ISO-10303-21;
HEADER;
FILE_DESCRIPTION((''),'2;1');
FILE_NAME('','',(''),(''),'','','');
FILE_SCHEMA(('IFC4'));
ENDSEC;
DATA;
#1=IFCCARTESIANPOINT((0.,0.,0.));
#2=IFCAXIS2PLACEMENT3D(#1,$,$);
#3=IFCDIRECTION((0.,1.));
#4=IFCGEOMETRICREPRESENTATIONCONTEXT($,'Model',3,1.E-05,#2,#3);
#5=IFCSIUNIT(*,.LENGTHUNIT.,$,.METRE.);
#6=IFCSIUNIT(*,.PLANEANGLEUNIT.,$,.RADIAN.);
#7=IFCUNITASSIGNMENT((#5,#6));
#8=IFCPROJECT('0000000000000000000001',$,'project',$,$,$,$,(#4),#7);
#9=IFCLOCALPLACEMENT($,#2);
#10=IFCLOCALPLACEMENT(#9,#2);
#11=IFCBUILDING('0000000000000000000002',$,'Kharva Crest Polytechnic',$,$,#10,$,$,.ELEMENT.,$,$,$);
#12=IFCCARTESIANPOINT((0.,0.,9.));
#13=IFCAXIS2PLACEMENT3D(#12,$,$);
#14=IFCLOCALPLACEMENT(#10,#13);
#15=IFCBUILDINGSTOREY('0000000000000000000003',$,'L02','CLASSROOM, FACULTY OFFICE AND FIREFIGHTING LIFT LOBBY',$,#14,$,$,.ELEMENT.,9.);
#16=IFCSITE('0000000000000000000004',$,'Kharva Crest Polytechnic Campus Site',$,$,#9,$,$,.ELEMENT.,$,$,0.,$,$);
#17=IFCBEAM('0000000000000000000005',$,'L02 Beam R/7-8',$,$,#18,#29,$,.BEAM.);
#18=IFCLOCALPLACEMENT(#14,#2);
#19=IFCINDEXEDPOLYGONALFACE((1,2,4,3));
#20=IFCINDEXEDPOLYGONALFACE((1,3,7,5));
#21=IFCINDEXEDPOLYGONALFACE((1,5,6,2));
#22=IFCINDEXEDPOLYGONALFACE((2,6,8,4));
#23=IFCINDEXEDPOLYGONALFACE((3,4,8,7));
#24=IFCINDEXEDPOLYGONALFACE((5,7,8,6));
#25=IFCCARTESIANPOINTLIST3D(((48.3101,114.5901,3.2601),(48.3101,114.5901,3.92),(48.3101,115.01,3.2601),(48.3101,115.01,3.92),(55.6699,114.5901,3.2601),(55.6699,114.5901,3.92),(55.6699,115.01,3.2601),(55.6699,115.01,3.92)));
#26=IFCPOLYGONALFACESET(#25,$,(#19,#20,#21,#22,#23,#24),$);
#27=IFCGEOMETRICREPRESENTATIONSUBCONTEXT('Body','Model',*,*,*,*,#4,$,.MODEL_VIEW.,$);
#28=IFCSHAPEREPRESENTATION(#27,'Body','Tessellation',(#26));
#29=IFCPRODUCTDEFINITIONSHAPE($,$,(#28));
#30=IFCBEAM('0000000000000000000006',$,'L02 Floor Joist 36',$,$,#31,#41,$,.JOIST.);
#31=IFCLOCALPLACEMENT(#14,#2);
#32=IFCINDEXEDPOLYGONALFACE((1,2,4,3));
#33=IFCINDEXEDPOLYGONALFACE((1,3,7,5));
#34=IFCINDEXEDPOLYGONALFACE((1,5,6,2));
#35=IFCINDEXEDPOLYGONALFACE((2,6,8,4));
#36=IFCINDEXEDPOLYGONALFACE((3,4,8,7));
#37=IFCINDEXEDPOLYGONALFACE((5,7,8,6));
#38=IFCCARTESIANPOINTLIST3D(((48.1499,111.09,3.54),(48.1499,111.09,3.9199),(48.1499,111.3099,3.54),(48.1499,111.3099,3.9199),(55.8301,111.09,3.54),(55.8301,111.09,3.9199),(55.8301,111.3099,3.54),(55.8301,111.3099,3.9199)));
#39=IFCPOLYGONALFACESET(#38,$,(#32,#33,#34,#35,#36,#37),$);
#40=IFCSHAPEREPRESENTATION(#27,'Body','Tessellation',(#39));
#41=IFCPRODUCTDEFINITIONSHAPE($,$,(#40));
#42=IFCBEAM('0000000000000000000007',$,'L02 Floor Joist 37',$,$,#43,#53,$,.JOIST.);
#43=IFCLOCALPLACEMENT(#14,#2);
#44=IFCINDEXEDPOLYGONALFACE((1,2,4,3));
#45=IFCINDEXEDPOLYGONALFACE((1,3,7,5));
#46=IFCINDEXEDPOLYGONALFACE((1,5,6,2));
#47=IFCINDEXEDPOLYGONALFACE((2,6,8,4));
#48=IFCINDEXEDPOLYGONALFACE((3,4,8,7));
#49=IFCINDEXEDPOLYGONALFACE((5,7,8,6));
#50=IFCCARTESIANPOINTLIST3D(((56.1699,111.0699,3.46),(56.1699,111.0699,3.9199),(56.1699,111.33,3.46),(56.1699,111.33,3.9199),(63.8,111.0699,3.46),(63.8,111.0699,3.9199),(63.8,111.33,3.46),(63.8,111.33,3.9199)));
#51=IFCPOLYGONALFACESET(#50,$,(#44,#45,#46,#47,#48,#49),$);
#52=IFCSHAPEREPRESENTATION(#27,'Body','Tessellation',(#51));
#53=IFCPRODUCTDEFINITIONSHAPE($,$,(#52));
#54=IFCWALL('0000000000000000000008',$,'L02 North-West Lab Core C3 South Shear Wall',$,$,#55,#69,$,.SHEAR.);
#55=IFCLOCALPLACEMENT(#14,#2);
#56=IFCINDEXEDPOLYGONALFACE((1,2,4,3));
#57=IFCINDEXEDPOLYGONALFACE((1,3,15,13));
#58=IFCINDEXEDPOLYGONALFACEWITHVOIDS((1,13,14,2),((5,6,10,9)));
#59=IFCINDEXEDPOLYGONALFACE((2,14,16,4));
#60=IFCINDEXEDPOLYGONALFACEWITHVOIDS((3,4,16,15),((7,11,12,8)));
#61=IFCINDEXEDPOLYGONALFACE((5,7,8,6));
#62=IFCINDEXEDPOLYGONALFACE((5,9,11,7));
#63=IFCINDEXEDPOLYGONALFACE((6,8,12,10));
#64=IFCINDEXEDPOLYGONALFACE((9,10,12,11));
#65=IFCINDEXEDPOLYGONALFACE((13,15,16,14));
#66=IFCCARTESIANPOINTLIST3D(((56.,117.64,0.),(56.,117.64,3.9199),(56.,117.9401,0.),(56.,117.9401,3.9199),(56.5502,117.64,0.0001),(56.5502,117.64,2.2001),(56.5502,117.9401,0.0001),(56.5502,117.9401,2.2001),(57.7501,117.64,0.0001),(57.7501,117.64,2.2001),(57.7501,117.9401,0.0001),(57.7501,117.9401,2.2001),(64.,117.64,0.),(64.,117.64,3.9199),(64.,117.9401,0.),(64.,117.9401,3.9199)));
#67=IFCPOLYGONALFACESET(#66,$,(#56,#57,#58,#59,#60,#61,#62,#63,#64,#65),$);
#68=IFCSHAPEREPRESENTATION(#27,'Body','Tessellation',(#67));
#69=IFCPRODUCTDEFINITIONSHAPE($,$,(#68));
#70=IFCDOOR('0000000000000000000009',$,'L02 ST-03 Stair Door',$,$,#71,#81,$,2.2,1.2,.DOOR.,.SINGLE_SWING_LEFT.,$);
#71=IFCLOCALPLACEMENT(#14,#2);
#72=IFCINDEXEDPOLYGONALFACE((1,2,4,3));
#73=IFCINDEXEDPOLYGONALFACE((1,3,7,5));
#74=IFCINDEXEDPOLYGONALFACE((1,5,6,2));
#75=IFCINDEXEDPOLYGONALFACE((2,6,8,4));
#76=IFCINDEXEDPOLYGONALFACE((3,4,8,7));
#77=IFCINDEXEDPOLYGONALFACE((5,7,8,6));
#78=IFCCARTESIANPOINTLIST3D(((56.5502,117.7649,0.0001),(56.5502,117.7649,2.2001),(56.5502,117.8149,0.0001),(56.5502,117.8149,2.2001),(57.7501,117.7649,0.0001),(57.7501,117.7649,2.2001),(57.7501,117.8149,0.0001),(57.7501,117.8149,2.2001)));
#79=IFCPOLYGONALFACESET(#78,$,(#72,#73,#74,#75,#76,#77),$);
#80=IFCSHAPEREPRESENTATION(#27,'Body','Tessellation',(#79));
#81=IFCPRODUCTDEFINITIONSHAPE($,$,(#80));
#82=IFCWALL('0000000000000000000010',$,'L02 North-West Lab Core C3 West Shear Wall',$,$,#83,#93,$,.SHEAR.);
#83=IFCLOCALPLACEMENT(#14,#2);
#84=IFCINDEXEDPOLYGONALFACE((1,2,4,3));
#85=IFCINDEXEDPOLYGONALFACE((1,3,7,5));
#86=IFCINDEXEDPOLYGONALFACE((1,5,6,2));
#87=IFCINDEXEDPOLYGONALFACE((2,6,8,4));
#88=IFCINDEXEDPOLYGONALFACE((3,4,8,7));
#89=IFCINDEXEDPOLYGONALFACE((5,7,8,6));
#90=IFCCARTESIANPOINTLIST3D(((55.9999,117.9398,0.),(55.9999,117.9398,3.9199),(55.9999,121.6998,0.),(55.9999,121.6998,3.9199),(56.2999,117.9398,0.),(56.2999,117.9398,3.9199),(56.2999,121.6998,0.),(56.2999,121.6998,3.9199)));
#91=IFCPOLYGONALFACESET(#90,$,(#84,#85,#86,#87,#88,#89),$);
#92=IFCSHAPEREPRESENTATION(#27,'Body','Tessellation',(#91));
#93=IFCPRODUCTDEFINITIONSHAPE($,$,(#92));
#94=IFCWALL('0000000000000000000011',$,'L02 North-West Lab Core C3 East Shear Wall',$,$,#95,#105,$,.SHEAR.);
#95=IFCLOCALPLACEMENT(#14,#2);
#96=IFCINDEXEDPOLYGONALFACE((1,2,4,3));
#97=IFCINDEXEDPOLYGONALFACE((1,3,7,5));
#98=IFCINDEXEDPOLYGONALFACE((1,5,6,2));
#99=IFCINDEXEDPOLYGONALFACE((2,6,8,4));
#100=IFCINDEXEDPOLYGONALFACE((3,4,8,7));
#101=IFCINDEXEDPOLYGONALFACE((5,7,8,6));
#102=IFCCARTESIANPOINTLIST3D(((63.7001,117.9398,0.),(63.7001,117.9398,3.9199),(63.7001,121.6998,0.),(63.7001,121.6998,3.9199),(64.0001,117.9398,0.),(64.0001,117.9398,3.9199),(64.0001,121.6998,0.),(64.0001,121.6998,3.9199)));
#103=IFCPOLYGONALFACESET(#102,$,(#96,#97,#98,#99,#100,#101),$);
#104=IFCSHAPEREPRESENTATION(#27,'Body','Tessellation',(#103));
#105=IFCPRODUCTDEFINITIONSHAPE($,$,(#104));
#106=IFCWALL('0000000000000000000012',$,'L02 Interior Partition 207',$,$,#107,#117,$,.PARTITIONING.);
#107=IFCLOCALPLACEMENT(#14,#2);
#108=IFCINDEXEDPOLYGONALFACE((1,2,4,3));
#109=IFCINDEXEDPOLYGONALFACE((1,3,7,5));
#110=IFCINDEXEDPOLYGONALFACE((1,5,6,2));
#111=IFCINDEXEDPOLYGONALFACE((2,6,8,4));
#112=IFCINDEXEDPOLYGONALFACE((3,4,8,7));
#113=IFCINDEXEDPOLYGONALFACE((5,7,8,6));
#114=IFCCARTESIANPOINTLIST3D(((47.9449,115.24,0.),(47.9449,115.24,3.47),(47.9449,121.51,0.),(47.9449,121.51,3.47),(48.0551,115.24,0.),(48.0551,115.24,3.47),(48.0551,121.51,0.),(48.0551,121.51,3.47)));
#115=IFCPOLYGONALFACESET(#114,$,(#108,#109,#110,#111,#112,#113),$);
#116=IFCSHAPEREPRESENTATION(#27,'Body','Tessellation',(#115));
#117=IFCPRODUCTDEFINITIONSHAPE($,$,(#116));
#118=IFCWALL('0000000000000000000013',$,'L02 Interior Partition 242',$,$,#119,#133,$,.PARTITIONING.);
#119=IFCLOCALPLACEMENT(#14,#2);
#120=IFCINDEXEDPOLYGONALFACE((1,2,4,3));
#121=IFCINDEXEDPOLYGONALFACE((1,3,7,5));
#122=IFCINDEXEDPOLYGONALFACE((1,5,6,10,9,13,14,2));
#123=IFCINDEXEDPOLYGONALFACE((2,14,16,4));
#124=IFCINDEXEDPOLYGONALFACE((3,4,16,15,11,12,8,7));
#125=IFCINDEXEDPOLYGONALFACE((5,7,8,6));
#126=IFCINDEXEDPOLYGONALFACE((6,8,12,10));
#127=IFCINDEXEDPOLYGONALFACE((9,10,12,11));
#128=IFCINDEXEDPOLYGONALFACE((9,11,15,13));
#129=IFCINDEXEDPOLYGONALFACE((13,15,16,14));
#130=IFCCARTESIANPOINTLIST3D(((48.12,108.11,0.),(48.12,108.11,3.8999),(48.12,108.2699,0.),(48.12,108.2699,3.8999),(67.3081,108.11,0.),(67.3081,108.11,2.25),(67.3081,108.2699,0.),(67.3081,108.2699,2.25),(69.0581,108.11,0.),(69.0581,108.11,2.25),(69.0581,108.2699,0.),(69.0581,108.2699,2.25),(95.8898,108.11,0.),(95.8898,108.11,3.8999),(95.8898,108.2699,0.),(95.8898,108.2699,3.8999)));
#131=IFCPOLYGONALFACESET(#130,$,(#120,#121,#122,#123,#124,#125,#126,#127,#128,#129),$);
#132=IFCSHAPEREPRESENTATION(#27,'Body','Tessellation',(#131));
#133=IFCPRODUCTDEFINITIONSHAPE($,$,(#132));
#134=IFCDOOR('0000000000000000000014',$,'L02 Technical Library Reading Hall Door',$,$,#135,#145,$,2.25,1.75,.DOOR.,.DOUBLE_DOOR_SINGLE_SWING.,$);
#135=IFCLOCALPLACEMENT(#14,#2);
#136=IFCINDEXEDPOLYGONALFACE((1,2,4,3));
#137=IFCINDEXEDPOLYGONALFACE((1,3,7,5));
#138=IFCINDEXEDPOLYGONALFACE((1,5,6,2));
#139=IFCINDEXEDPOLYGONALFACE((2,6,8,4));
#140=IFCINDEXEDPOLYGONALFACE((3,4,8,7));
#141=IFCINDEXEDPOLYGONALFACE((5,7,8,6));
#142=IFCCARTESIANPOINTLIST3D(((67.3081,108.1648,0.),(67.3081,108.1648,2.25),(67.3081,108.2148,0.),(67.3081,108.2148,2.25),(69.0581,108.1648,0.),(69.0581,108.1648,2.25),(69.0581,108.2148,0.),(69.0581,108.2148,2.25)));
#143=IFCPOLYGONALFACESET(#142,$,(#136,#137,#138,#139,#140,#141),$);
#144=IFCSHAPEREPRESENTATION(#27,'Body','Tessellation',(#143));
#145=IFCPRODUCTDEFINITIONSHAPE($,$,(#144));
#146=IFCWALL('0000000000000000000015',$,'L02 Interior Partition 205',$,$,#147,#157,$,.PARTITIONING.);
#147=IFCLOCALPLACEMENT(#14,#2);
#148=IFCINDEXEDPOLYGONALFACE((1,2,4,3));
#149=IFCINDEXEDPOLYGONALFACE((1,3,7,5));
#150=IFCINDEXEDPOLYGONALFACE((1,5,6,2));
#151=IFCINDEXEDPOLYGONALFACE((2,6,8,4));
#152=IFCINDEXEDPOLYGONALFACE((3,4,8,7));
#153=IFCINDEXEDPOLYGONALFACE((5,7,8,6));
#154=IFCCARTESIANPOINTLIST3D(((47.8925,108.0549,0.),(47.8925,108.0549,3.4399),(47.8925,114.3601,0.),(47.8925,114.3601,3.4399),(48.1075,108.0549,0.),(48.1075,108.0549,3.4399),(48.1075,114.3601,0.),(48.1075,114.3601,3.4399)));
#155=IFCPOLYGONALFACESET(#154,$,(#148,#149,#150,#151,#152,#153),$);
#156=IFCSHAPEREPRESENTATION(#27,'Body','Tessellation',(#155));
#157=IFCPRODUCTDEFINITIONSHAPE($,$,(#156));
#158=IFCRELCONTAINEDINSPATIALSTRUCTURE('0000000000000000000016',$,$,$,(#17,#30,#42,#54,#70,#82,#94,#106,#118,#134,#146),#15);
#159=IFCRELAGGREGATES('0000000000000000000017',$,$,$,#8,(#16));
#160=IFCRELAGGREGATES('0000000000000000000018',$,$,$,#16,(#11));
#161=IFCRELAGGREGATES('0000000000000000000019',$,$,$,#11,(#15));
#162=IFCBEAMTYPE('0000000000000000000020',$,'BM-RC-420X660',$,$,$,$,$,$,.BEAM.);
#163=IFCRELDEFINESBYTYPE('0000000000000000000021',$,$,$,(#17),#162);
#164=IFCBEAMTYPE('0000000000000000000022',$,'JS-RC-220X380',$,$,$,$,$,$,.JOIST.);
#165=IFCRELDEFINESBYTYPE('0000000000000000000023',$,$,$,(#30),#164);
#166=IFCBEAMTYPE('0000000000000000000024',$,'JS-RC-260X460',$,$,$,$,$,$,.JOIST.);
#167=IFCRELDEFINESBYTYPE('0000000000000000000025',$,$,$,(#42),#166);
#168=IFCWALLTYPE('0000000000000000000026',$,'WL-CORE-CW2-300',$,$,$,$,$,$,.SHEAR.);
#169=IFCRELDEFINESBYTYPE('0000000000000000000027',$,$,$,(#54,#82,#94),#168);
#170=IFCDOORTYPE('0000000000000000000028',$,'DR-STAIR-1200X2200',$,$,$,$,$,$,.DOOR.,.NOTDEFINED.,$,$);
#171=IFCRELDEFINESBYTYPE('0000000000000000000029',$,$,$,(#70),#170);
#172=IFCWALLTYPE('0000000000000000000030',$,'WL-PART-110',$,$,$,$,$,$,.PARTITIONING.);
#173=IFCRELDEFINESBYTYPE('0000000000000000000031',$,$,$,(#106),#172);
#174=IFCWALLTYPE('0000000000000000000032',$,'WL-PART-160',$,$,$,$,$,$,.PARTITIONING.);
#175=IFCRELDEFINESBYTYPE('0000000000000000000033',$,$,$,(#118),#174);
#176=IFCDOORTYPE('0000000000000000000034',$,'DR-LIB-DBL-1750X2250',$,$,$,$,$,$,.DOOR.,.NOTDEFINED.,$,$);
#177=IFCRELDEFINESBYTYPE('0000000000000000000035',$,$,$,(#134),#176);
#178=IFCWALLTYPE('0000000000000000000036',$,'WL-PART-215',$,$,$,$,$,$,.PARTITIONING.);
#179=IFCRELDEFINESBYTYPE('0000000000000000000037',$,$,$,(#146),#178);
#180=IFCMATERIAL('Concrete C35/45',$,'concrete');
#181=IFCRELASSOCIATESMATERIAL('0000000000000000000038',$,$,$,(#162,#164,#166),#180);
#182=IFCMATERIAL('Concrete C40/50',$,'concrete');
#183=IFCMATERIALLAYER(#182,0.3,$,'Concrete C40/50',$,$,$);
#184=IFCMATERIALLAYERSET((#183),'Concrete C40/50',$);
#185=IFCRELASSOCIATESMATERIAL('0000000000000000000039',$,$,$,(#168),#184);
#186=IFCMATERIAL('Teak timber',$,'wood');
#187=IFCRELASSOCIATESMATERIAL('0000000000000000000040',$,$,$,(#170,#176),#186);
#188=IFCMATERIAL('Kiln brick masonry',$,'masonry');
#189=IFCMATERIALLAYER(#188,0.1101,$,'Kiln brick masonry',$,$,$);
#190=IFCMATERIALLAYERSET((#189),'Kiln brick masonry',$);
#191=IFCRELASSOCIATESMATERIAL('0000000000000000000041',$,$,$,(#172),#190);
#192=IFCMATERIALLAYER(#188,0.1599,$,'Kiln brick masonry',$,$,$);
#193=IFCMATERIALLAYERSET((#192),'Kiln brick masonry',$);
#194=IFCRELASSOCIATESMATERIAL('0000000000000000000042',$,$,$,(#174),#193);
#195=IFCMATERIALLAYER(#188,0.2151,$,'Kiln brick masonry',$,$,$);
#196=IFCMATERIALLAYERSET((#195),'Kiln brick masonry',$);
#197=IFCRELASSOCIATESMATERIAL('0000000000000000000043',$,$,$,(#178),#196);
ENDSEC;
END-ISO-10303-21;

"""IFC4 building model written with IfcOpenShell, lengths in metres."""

from ifc_helpers import new_model, si_unit, direction, frame, frame_2d, origin, origin_2d, place, context, subcontext, project, spatial, rectangle, extrude, material, layer, layer_set, material_profile, profile_set, type_object, element, fill, save


model = new_model("IFC4")

# Units and contexts
model_context = context("Model", 3, precision=1e-05, world=origin(), true_north=direction((0.0, 1.0)))
body_context = subcontext(model_context, "Body", "Model", "MODEL_VIEW")
ifc_project = project(units=[si_unit("LENGTHUNIT", "METRE"), si_unit("PLANEANGLEUNIT", "RADIAN")], contexts=[model_context])

# Site, building, storey
site_placement = place(None, origin())
site = spatial("IfcSite", under=ifc_project, at=site_placement, Name="Kharva Crest Polytechnic Campus Site", CompositionType="ELEMENT", RefElevation=0.0)
building_placement = place(site_placement, origin())
building = spatial("IfcBuilding", under=site, at=building_placement, Name="Kharva Crest Polytechnic", CompositionType="ELEMENT")
storey_placement = place(building_placement, frame((0.0, 0.0, 9.0)))
storey = spatial("IfcBuildingStorey", under=building, at=storey_placement, Name="L02", Description="CLASSROOM, FACULTY OFFICE AND FIREFIGHTING LIFT LOBBY", CompositionType="ELEMENT", Elevation=9.0)

# Shared definitions
ifc_material_1 = material(Name="Concrete C40/50", Category="concrete")

# Beams
ifc_material_2 = material(Name="Concrete C35/45", Category="concrete")
ifc_material_profile_1 = material_profile(ifc_material_2, rectangle(XDim=0.4199, YDim=0.6599, at=origin_2d()), Name="RECT 420 X 660")
ifc_profile_set_1 = profile_set([ifc_material_profile_1], Name="Concrete C35/45")
beam_type_1 = type_object("IfcBeamType", Name="BM-RC-420X660", PredefinedType="BEAM", material=ifc_profile_set_1)
beam_1_placement = place(storey_placement, frame((48.3101, 114.8, 3.5901), z_axis=(1.0, 0.0, 0.0), x_axis=(0.0, 1.0, 0.0)))
element("IfcBeam", 1, at=beam_1_placement, inside=storey, type_object=beam_type_1, Name="L02 Beam R/7-8", PredefinedType="BEAM", context=body_context, shape_type="SweptSolid", body=[
    extrude(rectangle(XDim=0.4199, YDim=0.6599, at=origin_2d()), origin(), (0.0, 0.0, 1.0), 7.3599),
])
ifc_material_profile_2 = material_profile(ifc_material_2, rectangle(XDim=0.22, YDim=0.3799, at=origin_2d()), Name="RECT 220 X 380")
ifc_profile_set_2 = profile_set([ifc_material_profile_2], Name="Concrete C35/45")
beam_type_2 = type_object("IfcBeamType", Name="JS-RC-220X380", PredefinedType="JOIST", material=ifc_profile_set_2)
beam_2_placement = place(storey_placement, frame((48.1499, 111.2, 3.73), z_axis=(1.0, 0.0, 0.0), x_axis=(0.0, 1.0, 0.0)))
element("IfcBeam", 2, at=beam_2_placement, inside=storey, type_object=beam_type_2, Name="L02 Floor Joist 36", PredefinedType="JOIST", context=body_context, shape_type="SweptSolid", body=[
    extrude(rectangle(XDim=0.22, YDim=0.3799, at=origin_2d()), origin(), (0.0, 0.0, 1.0), 7.6802),
])
ifc_material_profile_3 = material_profile(ifc_material_2, rectangle(XDim=0.26, YDim=0.46, at=origin_2d()), Name="RECT 260 X 460")
ifc_profile_set_3 = profile_set([ifc_material_profile_3], Name="Concrete C35/45")
beam_type_3 = type_object("IfcBeamType", Name="JS-RC-260X460", PredefinedType="JOIST", material=ifc_profile_set_3)
beam_3_placement = place(storey_placement, frame((56.1699, 111.2, 3.6899), z_axis=(1.0, 0.0, 0.0), x_axis=(0.0, 1.0, 0.0)))
element("IfcBeam", 3, at=beam_3_placement, inside=storey, type_object=beam_type_3, Name="L02 Floor Joist 37", PredefinedType="JOIST", context=body_context, shape_type="SweptSolid", body=[
    extrude(rectangle(XDim=0.26, YDim=0.46, at=origin_2d()), origin(), (0.0, 0.0, 1.0), 7.6301),
])

# Wall, opening, door
ifc_layer_1 = layer(ifc_material_1, 0.3, Name="Concrete C40/50")
ifc_layer_set_1 = layer_set([ifc_layer_1], Name="Concrete C40/50")
wall_type_1 = type_object("IfcWallType", Name="WL-CORE-CW2-300", PredefinedType="SHEAR", material=ifc_layer_set_1)
wall_1_placement = place(storey_placement, frame((56.0, 117.79, 0.0), z_axis=(0.0, 0.0, 1.0), x_axis=(1.0, 0.0, 0.0)))
wall_1 = element("IfcWall", 4, at=wall_1_placement, inside=storey, type_object=wall_type_1, Name="L02 North-West Lab Core C3 South Shear Wall", PredefinedType="SHEAR", context=body_context, shape_type="SweptSolid", body=[
    extrude(rectangle(XDim=8.0, YDim=0.3, at=frame_2d((4.0, 0.0))), origin(), (0.0, 0.0, 1.0), 3.9199),
])
opening_1_placement = place(wall_1_placement, frame((0.55, 0.0, 0.0)))
opening_1 = element("IfcOpeningElement", 5, at=opening_1_placement, cuts=wall_1, PredefinedType="OPENING", context=body_context, shape_type="SweptSolid", body=[
    extrude(rectangle(XDim=1.2, YDim=2.2, at=frame_2d((0.6001, 1.1001))), frame((0.0, 0.1599, 0.0), z_axis=(0.0, -1.0, 0.0), x_axis=(1.0, 0.0, 0.0)), (0.0, 0.0, 1.0), 0.3201),
])
ifc_material_3 = material(Name="Teak timber", Category="wood")
door_type_1 = type_object("IfcDoorType", Name="DR-STAIR-1200X2200", OperationType="NOTDEFINED", PredefinedType="DOOR", material=ifc_material_3)
door_1_placement = place(opening_1_placement, origin())
door_1 = element("IfcDoor", 6, at=door_1_placement, inside=storey, type_object=door_type_1, Name="L02 ST-03 Stair Door", OperationType="SINGLE_SWING_LEFT", OverallHeight=2.2, OverallWidth=1.2, PredefinedType="DOOR", context=body_context, shape_type="SweptSolid", body=[
    extrude(rectangle(XDim=1.2, YDim=2.2, at=frame_2d((0.6001, 1.1001))), frame((0.0, 0.0249, 0.0), z_axis=(0.0, -1.0, 0.0), x_axis=(1.0, 0.0, 0.0)), (0.0, 0.0, 1.0), 0.05),
])
fill(opening_1, door_1)

# Walls
for number, where, z_axis, x_axis, name in (
    (7, (56.1499, 117.9399, 0.0), (0.0, 0.0, 1.0), (0.0, 1.0, 0.0), "L02 North-West Lab Core C3 West Shear Wall"),
    (8, (63.8501, 117.9399, 0.0), (0.0, 0.0, 1.0), (0.0, 1.0, 0.0), "L02 North-West Lab Core C3 East Shear Wall"),
):
    element("IfcWall", number, at=place(storey_placement, frame(where, z_axis=z_axis, x_axis=x_axis)), inside=storey, type_object=wall_type_1, Name=name, PredefinedType="SHEAR", context=body_context, shape_type="SweptSolid", body=[
        extrude(rectangle(XDim=3.76, YDim=0.3, at=frame_2d((1.8799, 0.0))), origin(), (0.0, 0.0, 1.0), 3.9199),
    ])
ifc_material_4 = material(Name="Kiln brick masonry", Category="masonry")
ifc_layer_2 = layer(ifc_material_4, 0.1101, Name="Kiln brick masonry")
ifc_layer_set_2 = layer_set([ifc_layer_2], Name="Kiln brick masonry")
wall_type_2 = type_object("IfcWallType", Name="WL-PART-110", PredefinedType="PARTITIONING", material=ifc_layer_set_2)
wall_2_placement = place(storey_placement, frame((48.0, 115.24, 0.0), z_axis=(0.0, 0.0, 1.0), x_axis=(0.0, 1.0, 0.0)))
element("IfcWall", 9, at=wall_2_placement, inside=storey, type_object=wall_type_2, Name="L02 Interior Partition 207", PredefinedType="PARTITIONING", context=body_context, shape_type="SweptSolid", body=[
    extrude(rectangle(XDim=6.27, YDim=0.1101, at=frame_2d((3.135, 0.0))), origin(), (0.0, 0.0, 1.0), 3.47),
])

# Wall, opening, door
ifc_layer_3 = layer(ifc_material_4, 0.1599, Name="Kiln brick masonry")
ifc_layer_set_3 = layer_set([ifc_layer_3], Name="Kiln brick masonry")
wall_type_3 = type_object("IfcWallType", Name="WL-PART-160", PredefinedType="PARTITIONING", material=ifc_layer_set_3)
wall_3_placement = place(storey_placement, frame((48.1201, 108.1899, 0.0), z_axis=(0.0, 0.0, 1.0), x_axis=(1.0, 0.0, 0.0)))
wall_3 = element("IfcWall", 10, at=wall_3_placement, inside=storey, type_object=wall_type_3, Name="L02 Interior Partition 242", PredefinedType="PARTITIONING", context=body_context, shape_type="SweptSolid", body=[
    extrude(rectangle(XDim=47.7698, YDim=0.1599, at=frame_2d((23.8848, 0.0))), origin(), (0.0, 0.0, 1.0), 3.8999),
])
opening_2_placement = place(wall_3_placement, frame((19.188, 0.0, 0.0)))
opening_2 = element("IfcOpeningElement", 11, at=opening_2_placement, cuts=wall_3, PredefinedType="OPENING", context=body_context, shape_type="SweptSolid", body=[
    extrude(rectangle(XDim=1.75, YDim=2.25, at=frame_2d((0.875, 1.125))), frame((0.0, 0.0898, 0.0), z_axis=(0.0, -1.0, 0.0), x_axis=(1.0, 0.0, 0.0)), (0.0, 0.0, 1.0), 0.1799),
])
door_type_2 = type_object("IfcDoorType", Name="DR-LIB-DBL-1750X2250", OperationType="NOTDEFINED", PredefinedType="DOOR", material=ifc_material_3)
door_2_placement = place(opening_2_placement, origin())
door_2 = element("IfcDoor", 12, at=door_2_placement, inside=storey, type_object=door_type_2, Name="L02 Technical Library Reading Hall Door", OperationType="DOUBLE_DOOR_SINGLE_SWING", OverallHeight=2.25, OverallWidth=1.75, PredefinedType="DOOR", context=body_context, shape_type="SweptSolid", body=[
    extrude(rectangle(XDim=1.75, YDim=2.25, at=frame_2d((0.875, 1.125))), frame((0.0, 0.0249, 0.0), z_axis=(0.0, -1.0, 0.0), x_axis=(1.0, 0.0, 0.0)), (0.0, 0.0, 1.0), 0.05),
])
fill(opening_2, door_2)

# Wall
ifc_layer_4 = layer(ifc_material_4, 0.2151, Name="Kiln brick masonry")
ifc_layer_set_4 = layer_set([ifc_layer_4], Name="Kiln brick masonry")
wall_type_4 = type_object("IfcWallType", Name="WL-PART-215", PredefinedType="PARTITIONING", material=ifc_layer_set_4)
wall_4_placement = place(storey_placement, frame((48.0, 108.0549, 0.0), z_axis=(0.0, 0.0, 1.0), x_axis=(0.0, 1.0, 0.0)))
element("IfcWall", 13, at=wall_4_placement, inside=storey, type_object=wall_type_4, Name="L02 Interior Partition 205", PredefinedType="PARTITIONING", context=body_context, shape_type="SweptSolid", body=[
    extrude(rectangle(XDim=6.3052, YDim=0.2151, at=frame_2d((3.1526, 0.0))), origin(), (0.0, 0.0, 1.0), 3.4399),
])

save(model, "model.ifc")
